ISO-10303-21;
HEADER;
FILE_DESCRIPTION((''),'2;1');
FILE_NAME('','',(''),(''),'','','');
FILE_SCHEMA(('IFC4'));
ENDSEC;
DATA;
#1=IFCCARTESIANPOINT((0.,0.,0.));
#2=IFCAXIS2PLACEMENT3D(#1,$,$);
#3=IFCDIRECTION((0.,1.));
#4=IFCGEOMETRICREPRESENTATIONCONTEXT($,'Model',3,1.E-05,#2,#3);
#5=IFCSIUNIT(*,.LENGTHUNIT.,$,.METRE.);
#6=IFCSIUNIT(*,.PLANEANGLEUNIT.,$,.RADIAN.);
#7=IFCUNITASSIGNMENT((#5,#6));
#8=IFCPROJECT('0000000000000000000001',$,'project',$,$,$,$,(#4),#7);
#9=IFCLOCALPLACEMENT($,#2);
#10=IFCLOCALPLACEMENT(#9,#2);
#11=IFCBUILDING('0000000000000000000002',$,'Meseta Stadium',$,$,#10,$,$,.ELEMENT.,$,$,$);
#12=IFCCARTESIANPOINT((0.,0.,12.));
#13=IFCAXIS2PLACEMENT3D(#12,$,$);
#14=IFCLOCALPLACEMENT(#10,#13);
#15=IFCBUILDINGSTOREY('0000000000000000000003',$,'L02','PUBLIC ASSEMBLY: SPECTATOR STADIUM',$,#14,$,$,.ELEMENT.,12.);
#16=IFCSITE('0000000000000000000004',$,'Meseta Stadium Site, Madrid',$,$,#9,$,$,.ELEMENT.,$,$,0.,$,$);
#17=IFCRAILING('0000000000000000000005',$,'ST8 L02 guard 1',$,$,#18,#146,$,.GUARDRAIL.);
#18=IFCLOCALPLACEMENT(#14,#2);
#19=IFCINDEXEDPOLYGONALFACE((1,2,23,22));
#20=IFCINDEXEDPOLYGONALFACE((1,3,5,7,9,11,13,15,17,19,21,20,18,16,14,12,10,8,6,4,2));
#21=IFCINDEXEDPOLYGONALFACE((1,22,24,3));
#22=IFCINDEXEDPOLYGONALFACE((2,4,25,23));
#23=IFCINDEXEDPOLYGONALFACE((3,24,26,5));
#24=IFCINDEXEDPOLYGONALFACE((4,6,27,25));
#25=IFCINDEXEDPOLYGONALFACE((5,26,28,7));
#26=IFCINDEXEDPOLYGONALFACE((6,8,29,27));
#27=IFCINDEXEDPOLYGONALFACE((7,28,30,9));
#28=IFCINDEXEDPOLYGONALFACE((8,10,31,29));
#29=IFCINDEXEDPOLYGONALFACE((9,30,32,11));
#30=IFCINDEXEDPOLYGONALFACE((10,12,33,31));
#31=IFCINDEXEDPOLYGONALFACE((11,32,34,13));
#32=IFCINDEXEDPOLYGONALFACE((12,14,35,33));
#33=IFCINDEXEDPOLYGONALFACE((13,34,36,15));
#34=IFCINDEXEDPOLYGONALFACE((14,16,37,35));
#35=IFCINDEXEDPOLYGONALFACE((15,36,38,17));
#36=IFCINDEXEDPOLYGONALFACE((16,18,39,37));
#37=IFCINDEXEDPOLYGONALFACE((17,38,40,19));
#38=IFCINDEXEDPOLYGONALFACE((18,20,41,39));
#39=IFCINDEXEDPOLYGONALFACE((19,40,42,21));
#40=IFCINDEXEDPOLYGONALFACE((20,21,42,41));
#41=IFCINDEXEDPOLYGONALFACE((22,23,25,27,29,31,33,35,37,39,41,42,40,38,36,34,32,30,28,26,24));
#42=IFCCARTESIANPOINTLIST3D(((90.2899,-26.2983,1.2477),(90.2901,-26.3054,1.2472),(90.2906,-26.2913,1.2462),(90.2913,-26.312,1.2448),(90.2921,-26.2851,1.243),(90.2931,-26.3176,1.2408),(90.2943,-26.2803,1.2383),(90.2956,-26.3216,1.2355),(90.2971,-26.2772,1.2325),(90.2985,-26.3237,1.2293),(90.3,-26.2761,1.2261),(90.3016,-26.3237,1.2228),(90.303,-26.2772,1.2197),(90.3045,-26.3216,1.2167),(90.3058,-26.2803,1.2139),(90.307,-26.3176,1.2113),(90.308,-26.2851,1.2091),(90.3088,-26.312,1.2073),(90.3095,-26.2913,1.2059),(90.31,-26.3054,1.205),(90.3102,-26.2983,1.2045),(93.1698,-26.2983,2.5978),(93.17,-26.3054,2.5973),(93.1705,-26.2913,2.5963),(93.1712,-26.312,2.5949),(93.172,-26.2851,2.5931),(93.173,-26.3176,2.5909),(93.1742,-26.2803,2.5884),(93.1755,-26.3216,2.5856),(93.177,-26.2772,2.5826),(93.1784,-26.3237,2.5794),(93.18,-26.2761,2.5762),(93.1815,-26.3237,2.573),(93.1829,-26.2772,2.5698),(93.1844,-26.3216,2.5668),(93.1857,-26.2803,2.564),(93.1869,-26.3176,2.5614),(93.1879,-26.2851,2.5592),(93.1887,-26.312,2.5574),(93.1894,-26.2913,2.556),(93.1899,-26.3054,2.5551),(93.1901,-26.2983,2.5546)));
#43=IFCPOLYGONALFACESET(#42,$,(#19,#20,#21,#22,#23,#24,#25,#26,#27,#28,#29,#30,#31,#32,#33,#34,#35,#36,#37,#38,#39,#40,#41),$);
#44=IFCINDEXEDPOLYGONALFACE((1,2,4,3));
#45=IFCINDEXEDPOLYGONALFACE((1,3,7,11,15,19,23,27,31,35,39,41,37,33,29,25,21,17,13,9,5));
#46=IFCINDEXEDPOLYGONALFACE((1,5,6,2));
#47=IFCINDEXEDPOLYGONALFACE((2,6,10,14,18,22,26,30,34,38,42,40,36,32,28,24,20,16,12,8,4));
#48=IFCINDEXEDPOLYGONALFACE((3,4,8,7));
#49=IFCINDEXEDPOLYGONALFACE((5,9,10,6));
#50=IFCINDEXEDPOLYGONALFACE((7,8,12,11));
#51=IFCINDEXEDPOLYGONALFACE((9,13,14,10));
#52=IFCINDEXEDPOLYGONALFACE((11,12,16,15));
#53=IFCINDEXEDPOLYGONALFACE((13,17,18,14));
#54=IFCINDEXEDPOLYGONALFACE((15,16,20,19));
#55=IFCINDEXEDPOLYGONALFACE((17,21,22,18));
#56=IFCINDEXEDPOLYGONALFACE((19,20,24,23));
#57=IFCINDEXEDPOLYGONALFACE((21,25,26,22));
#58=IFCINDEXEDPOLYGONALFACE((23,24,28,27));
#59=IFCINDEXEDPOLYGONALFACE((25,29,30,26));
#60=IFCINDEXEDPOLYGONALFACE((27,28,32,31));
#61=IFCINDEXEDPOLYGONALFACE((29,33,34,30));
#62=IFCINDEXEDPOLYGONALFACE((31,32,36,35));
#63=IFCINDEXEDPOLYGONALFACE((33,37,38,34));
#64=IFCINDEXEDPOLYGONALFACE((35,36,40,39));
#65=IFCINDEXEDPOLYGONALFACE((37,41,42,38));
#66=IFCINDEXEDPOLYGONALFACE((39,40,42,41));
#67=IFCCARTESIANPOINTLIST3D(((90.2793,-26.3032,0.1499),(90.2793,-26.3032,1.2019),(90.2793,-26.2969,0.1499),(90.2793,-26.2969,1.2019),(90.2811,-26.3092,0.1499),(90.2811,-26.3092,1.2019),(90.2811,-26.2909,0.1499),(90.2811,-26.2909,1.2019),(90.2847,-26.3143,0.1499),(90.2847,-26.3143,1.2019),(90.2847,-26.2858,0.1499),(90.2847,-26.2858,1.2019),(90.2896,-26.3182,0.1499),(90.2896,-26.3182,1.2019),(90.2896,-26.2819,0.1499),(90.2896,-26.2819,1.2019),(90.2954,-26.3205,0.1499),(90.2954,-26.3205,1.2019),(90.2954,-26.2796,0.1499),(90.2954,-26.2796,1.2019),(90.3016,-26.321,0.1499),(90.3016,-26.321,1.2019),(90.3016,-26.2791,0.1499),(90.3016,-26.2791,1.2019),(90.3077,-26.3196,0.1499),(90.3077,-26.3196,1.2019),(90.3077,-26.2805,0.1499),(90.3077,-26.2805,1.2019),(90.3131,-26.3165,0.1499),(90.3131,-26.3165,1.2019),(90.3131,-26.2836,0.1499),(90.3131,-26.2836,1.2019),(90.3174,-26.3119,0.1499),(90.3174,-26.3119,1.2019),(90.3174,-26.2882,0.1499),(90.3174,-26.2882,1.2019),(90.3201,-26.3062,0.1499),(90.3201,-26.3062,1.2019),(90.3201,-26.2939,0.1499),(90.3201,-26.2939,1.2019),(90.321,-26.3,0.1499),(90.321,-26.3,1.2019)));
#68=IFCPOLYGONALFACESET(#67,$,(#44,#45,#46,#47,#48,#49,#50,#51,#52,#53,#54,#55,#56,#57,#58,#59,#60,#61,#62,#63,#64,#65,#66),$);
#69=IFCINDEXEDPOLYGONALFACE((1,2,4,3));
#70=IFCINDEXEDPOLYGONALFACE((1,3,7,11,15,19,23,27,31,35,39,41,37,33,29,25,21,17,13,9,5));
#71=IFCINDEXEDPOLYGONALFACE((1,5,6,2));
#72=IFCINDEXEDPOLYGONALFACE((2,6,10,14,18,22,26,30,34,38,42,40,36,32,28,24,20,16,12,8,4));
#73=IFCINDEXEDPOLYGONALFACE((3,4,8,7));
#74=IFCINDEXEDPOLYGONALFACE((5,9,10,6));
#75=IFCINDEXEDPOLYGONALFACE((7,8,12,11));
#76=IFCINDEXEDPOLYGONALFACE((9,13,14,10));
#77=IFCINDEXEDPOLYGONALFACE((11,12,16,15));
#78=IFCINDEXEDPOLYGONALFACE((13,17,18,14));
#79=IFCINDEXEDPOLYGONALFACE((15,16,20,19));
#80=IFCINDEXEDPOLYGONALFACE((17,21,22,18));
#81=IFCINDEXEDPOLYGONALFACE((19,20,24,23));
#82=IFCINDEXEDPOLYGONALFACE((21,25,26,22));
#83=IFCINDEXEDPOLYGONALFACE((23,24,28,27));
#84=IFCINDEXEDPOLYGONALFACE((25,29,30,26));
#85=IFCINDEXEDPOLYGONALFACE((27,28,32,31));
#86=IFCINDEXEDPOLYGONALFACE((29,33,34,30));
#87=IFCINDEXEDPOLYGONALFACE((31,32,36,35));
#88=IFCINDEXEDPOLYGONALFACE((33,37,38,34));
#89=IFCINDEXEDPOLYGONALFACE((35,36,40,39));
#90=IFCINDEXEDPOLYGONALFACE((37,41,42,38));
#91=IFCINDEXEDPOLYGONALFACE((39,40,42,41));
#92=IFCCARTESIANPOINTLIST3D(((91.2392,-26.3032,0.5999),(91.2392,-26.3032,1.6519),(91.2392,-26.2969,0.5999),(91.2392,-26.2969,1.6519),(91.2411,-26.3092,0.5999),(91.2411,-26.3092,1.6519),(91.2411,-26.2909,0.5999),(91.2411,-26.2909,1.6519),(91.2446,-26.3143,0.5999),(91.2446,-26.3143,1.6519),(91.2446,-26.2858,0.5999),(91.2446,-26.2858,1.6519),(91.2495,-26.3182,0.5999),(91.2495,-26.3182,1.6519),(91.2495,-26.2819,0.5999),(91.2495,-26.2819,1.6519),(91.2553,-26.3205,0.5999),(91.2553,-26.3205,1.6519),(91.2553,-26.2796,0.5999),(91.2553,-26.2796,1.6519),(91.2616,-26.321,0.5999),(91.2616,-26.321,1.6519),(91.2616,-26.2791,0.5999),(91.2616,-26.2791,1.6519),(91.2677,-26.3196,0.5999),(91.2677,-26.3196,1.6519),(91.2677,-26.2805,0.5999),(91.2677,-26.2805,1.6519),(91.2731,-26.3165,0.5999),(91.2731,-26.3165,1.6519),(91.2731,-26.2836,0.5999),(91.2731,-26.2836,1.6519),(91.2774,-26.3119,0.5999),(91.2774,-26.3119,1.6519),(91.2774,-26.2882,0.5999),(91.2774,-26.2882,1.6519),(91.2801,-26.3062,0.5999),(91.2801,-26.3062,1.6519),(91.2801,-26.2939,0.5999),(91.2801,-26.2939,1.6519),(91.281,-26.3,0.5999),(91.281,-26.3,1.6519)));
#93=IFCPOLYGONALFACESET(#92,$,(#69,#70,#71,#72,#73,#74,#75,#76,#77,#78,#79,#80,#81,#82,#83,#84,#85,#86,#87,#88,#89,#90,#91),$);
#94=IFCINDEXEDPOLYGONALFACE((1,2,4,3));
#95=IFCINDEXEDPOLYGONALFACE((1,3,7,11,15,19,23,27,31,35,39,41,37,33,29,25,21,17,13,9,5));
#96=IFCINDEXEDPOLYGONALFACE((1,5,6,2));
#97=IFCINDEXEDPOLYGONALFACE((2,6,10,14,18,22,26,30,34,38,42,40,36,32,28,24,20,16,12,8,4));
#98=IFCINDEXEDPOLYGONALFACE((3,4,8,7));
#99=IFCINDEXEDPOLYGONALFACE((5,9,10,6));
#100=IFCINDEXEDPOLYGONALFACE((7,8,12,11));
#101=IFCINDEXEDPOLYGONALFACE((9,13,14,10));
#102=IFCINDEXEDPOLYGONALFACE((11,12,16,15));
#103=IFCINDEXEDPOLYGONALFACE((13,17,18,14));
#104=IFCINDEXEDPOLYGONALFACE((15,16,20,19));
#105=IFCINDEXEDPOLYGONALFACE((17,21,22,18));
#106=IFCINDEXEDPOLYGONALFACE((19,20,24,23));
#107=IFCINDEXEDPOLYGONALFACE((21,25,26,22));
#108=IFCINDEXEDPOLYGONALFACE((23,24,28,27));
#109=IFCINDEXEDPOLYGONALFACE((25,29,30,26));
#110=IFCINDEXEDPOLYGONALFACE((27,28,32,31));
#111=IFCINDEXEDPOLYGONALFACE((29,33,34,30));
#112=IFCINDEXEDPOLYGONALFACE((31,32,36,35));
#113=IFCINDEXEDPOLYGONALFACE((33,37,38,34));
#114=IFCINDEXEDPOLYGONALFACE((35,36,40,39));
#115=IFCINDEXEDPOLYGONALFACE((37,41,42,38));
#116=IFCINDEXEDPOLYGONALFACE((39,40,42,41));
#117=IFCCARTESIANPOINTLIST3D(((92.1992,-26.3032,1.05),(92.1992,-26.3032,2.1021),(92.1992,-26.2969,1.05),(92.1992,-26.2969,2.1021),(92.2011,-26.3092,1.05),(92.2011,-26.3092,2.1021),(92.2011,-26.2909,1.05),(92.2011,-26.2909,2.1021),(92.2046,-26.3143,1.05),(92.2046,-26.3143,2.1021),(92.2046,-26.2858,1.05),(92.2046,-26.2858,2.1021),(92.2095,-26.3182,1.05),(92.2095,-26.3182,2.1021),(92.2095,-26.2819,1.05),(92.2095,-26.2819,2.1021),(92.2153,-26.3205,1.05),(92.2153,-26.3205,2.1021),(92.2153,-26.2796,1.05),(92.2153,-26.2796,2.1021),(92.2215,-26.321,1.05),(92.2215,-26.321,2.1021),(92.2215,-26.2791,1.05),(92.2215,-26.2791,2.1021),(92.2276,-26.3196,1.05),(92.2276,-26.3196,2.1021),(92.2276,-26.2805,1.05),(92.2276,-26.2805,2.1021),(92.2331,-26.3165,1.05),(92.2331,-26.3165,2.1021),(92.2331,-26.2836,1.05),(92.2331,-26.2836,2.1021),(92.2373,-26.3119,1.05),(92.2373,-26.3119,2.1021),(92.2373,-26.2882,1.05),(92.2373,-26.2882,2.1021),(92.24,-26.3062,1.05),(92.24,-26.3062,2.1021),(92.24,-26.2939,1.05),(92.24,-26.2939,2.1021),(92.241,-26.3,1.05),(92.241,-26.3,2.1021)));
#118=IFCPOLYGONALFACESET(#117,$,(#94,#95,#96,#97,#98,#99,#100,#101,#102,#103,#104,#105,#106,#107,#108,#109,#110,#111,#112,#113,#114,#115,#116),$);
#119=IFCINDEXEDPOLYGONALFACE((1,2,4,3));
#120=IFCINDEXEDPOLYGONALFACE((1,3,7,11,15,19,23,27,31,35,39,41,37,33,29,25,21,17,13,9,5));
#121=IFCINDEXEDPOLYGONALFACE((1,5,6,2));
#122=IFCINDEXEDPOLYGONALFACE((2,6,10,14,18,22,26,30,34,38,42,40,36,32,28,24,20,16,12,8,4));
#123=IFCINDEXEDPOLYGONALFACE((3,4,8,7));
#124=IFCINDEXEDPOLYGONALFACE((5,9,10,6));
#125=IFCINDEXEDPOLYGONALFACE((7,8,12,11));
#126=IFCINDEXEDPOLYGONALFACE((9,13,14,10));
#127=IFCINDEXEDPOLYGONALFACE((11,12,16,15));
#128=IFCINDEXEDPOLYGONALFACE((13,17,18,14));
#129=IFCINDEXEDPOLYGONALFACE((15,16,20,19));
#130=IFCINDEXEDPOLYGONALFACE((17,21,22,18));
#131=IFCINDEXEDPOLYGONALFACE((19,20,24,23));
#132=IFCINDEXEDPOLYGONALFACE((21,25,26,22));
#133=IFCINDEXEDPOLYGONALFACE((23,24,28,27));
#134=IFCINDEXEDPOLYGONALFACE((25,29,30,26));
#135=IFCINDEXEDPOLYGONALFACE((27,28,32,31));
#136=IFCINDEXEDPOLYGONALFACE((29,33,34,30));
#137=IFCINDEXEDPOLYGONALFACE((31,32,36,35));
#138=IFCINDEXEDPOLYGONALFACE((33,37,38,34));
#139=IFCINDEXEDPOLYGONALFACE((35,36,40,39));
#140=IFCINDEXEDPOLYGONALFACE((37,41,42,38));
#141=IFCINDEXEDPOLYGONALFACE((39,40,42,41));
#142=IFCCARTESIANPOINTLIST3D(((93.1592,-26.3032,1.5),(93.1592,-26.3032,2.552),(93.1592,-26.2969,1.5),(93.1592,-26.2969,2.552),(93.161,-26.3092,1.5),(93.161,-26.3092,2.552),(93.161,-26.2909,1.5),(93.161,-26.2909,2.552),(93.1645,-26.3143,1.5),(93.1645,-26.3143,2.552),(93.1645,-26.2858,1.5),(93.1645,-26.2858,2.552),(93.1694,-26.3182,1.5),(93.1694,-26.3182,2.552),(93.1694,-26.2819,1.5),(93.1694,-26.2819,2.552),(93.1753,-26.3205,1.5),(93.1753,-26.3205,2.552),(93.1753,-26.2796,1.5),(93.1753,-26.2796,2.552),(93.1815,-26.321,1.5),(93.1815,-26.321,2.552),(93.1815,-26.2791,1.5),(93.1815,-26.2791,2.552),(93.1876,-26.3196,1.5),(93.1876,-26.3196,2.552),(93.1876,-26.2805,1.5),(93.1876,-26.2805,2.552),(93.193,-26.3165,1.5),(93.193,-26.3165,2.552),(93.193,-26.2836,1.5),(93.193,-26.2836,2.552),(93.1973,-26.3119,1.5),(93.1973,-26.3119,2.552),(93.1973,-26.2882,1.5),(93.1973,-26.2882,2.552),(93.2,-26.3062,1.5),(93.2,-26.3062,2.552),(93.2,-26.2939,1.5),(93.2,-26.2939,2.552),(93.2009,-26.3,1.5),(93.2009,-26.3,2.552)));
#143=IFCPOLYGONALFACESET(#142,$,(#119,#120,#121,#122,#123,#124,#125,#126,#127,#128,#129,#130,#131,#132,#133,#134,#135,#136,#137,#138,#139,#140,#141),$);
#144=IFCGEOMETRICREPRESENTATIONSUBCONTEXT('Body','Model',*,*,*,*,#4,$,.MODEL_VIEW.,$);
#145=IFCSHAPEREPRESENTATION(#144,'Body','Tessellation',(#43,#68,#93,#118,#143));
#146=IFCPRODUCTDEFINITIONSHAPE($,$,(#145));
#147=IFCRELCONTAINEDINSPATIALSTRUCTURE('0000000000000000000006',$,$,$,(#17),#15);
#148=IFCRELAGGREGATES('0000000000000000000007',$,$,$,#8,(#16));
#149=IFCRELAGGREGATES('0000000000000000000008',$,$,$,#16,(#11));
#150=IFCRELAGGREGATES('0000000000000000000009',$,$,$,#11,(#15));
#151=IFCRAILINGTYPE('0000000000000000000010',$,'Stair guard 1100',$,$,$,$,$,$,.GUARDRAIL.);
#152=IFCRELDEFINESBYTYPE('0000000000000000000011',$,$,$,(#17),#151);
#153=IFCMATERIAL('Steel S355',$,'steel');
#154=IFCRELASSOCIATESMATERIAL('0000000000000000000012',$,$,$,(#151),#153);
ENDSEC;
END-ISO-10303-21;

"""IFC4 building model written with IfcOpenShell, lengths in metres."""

from ifc_helpers import new_model, si_unit, direction, frame, origin, origin_2d, place, context, subcontext, project, spatial, circle, extrude, material, type_object, element, save


model = new_model("IFC4")

# Units and contexts
model_context = context("Model", 3, precision=1e-05, world=origin(), true_north=direction((0.0, 1.0)))
body_context = subcontext(model_context, "Body", "Model", "MODEL_VIEW")
ifc_project = project(units=[si_unit("LENGTHUNIT", "METRE"), si_unit("PLANEANGLEUNIT", "RADIAN")], contexts=[model_context])

# Site, building, storey
site_placement = place(None, origin())
site = spatial("IfcSite", under=ifc_project, at=site_placement, Name="Meseta Stadium Site, Madrid", CompositionType="ELEMENT", RefElevation=0.0)
building_placement = place(site_placement, origin())
building = spatial("IfcBuilding", under=site, at=building_placement, Name="Meseta Stadium", CompositionType="ELEMENT")
storey_placement = place(building_placement, frame((0.0, 0.0, 12.0)))
storey = spatial("IfcBuildingStorey", under=building, at=storey_placement, Name="L02", Description="PUBLIC ASSEMBLY: SPECTATOR STADIUM", CompositionType="ELEMENT", Elevation=12.0)

# Railing
ifc_material_1 = material(Name="Steel S355", Category="steel")
railing_type_1 = type_object("IfcRailingType", Name="Stair guard 1100", PredefinedType="GUARDRAIL", material=ifc_material_1)
railing_1_placement = place(storey_placement, frame((90.3, -26.3, 0.1499)))
element("IfcRailing", 1, at=railing_1_placement, inside=storey, type_object=railing_type_1, Name="ST8 L02 guard 1", PredefinedType="GUARDRAIL", context=body_context, shape_type="SweptSolid", body=[
    extrude(circle(Radius=0.0239, at=origin_2d()), frame((0.0, 0.0, 1.0762), z_axis=(0.90544, 0.0, 0.424473), x_axis=(0.0, 1.0, 0.0)), (0.0, 0.0, 1.0), 3.1807),
    extrude(circle(Radius=0.021, at=origin_2d()), origin(), (0.0, 0.0, 1.0), 1.052),
    extrude(circle(Radius=0.021, at=origin_2d()), frame((0.96, 0.0, 0.45)), (0.0, 0.0, 1.0), 1.052),
    extrude(circle(Radius=0.021, at=origin_2d()), frame((1.9199, 0.0, 0.9001)), (0.0, 0.0, 1.0), 1.052),
    extrude(circle(Radius=0.021, at=origin_2d()), frame((2.8799, 0.0, 1.3501)), (0.0, 0.0, 1.0), 1.052),
])

save(model, "model.ifc")
